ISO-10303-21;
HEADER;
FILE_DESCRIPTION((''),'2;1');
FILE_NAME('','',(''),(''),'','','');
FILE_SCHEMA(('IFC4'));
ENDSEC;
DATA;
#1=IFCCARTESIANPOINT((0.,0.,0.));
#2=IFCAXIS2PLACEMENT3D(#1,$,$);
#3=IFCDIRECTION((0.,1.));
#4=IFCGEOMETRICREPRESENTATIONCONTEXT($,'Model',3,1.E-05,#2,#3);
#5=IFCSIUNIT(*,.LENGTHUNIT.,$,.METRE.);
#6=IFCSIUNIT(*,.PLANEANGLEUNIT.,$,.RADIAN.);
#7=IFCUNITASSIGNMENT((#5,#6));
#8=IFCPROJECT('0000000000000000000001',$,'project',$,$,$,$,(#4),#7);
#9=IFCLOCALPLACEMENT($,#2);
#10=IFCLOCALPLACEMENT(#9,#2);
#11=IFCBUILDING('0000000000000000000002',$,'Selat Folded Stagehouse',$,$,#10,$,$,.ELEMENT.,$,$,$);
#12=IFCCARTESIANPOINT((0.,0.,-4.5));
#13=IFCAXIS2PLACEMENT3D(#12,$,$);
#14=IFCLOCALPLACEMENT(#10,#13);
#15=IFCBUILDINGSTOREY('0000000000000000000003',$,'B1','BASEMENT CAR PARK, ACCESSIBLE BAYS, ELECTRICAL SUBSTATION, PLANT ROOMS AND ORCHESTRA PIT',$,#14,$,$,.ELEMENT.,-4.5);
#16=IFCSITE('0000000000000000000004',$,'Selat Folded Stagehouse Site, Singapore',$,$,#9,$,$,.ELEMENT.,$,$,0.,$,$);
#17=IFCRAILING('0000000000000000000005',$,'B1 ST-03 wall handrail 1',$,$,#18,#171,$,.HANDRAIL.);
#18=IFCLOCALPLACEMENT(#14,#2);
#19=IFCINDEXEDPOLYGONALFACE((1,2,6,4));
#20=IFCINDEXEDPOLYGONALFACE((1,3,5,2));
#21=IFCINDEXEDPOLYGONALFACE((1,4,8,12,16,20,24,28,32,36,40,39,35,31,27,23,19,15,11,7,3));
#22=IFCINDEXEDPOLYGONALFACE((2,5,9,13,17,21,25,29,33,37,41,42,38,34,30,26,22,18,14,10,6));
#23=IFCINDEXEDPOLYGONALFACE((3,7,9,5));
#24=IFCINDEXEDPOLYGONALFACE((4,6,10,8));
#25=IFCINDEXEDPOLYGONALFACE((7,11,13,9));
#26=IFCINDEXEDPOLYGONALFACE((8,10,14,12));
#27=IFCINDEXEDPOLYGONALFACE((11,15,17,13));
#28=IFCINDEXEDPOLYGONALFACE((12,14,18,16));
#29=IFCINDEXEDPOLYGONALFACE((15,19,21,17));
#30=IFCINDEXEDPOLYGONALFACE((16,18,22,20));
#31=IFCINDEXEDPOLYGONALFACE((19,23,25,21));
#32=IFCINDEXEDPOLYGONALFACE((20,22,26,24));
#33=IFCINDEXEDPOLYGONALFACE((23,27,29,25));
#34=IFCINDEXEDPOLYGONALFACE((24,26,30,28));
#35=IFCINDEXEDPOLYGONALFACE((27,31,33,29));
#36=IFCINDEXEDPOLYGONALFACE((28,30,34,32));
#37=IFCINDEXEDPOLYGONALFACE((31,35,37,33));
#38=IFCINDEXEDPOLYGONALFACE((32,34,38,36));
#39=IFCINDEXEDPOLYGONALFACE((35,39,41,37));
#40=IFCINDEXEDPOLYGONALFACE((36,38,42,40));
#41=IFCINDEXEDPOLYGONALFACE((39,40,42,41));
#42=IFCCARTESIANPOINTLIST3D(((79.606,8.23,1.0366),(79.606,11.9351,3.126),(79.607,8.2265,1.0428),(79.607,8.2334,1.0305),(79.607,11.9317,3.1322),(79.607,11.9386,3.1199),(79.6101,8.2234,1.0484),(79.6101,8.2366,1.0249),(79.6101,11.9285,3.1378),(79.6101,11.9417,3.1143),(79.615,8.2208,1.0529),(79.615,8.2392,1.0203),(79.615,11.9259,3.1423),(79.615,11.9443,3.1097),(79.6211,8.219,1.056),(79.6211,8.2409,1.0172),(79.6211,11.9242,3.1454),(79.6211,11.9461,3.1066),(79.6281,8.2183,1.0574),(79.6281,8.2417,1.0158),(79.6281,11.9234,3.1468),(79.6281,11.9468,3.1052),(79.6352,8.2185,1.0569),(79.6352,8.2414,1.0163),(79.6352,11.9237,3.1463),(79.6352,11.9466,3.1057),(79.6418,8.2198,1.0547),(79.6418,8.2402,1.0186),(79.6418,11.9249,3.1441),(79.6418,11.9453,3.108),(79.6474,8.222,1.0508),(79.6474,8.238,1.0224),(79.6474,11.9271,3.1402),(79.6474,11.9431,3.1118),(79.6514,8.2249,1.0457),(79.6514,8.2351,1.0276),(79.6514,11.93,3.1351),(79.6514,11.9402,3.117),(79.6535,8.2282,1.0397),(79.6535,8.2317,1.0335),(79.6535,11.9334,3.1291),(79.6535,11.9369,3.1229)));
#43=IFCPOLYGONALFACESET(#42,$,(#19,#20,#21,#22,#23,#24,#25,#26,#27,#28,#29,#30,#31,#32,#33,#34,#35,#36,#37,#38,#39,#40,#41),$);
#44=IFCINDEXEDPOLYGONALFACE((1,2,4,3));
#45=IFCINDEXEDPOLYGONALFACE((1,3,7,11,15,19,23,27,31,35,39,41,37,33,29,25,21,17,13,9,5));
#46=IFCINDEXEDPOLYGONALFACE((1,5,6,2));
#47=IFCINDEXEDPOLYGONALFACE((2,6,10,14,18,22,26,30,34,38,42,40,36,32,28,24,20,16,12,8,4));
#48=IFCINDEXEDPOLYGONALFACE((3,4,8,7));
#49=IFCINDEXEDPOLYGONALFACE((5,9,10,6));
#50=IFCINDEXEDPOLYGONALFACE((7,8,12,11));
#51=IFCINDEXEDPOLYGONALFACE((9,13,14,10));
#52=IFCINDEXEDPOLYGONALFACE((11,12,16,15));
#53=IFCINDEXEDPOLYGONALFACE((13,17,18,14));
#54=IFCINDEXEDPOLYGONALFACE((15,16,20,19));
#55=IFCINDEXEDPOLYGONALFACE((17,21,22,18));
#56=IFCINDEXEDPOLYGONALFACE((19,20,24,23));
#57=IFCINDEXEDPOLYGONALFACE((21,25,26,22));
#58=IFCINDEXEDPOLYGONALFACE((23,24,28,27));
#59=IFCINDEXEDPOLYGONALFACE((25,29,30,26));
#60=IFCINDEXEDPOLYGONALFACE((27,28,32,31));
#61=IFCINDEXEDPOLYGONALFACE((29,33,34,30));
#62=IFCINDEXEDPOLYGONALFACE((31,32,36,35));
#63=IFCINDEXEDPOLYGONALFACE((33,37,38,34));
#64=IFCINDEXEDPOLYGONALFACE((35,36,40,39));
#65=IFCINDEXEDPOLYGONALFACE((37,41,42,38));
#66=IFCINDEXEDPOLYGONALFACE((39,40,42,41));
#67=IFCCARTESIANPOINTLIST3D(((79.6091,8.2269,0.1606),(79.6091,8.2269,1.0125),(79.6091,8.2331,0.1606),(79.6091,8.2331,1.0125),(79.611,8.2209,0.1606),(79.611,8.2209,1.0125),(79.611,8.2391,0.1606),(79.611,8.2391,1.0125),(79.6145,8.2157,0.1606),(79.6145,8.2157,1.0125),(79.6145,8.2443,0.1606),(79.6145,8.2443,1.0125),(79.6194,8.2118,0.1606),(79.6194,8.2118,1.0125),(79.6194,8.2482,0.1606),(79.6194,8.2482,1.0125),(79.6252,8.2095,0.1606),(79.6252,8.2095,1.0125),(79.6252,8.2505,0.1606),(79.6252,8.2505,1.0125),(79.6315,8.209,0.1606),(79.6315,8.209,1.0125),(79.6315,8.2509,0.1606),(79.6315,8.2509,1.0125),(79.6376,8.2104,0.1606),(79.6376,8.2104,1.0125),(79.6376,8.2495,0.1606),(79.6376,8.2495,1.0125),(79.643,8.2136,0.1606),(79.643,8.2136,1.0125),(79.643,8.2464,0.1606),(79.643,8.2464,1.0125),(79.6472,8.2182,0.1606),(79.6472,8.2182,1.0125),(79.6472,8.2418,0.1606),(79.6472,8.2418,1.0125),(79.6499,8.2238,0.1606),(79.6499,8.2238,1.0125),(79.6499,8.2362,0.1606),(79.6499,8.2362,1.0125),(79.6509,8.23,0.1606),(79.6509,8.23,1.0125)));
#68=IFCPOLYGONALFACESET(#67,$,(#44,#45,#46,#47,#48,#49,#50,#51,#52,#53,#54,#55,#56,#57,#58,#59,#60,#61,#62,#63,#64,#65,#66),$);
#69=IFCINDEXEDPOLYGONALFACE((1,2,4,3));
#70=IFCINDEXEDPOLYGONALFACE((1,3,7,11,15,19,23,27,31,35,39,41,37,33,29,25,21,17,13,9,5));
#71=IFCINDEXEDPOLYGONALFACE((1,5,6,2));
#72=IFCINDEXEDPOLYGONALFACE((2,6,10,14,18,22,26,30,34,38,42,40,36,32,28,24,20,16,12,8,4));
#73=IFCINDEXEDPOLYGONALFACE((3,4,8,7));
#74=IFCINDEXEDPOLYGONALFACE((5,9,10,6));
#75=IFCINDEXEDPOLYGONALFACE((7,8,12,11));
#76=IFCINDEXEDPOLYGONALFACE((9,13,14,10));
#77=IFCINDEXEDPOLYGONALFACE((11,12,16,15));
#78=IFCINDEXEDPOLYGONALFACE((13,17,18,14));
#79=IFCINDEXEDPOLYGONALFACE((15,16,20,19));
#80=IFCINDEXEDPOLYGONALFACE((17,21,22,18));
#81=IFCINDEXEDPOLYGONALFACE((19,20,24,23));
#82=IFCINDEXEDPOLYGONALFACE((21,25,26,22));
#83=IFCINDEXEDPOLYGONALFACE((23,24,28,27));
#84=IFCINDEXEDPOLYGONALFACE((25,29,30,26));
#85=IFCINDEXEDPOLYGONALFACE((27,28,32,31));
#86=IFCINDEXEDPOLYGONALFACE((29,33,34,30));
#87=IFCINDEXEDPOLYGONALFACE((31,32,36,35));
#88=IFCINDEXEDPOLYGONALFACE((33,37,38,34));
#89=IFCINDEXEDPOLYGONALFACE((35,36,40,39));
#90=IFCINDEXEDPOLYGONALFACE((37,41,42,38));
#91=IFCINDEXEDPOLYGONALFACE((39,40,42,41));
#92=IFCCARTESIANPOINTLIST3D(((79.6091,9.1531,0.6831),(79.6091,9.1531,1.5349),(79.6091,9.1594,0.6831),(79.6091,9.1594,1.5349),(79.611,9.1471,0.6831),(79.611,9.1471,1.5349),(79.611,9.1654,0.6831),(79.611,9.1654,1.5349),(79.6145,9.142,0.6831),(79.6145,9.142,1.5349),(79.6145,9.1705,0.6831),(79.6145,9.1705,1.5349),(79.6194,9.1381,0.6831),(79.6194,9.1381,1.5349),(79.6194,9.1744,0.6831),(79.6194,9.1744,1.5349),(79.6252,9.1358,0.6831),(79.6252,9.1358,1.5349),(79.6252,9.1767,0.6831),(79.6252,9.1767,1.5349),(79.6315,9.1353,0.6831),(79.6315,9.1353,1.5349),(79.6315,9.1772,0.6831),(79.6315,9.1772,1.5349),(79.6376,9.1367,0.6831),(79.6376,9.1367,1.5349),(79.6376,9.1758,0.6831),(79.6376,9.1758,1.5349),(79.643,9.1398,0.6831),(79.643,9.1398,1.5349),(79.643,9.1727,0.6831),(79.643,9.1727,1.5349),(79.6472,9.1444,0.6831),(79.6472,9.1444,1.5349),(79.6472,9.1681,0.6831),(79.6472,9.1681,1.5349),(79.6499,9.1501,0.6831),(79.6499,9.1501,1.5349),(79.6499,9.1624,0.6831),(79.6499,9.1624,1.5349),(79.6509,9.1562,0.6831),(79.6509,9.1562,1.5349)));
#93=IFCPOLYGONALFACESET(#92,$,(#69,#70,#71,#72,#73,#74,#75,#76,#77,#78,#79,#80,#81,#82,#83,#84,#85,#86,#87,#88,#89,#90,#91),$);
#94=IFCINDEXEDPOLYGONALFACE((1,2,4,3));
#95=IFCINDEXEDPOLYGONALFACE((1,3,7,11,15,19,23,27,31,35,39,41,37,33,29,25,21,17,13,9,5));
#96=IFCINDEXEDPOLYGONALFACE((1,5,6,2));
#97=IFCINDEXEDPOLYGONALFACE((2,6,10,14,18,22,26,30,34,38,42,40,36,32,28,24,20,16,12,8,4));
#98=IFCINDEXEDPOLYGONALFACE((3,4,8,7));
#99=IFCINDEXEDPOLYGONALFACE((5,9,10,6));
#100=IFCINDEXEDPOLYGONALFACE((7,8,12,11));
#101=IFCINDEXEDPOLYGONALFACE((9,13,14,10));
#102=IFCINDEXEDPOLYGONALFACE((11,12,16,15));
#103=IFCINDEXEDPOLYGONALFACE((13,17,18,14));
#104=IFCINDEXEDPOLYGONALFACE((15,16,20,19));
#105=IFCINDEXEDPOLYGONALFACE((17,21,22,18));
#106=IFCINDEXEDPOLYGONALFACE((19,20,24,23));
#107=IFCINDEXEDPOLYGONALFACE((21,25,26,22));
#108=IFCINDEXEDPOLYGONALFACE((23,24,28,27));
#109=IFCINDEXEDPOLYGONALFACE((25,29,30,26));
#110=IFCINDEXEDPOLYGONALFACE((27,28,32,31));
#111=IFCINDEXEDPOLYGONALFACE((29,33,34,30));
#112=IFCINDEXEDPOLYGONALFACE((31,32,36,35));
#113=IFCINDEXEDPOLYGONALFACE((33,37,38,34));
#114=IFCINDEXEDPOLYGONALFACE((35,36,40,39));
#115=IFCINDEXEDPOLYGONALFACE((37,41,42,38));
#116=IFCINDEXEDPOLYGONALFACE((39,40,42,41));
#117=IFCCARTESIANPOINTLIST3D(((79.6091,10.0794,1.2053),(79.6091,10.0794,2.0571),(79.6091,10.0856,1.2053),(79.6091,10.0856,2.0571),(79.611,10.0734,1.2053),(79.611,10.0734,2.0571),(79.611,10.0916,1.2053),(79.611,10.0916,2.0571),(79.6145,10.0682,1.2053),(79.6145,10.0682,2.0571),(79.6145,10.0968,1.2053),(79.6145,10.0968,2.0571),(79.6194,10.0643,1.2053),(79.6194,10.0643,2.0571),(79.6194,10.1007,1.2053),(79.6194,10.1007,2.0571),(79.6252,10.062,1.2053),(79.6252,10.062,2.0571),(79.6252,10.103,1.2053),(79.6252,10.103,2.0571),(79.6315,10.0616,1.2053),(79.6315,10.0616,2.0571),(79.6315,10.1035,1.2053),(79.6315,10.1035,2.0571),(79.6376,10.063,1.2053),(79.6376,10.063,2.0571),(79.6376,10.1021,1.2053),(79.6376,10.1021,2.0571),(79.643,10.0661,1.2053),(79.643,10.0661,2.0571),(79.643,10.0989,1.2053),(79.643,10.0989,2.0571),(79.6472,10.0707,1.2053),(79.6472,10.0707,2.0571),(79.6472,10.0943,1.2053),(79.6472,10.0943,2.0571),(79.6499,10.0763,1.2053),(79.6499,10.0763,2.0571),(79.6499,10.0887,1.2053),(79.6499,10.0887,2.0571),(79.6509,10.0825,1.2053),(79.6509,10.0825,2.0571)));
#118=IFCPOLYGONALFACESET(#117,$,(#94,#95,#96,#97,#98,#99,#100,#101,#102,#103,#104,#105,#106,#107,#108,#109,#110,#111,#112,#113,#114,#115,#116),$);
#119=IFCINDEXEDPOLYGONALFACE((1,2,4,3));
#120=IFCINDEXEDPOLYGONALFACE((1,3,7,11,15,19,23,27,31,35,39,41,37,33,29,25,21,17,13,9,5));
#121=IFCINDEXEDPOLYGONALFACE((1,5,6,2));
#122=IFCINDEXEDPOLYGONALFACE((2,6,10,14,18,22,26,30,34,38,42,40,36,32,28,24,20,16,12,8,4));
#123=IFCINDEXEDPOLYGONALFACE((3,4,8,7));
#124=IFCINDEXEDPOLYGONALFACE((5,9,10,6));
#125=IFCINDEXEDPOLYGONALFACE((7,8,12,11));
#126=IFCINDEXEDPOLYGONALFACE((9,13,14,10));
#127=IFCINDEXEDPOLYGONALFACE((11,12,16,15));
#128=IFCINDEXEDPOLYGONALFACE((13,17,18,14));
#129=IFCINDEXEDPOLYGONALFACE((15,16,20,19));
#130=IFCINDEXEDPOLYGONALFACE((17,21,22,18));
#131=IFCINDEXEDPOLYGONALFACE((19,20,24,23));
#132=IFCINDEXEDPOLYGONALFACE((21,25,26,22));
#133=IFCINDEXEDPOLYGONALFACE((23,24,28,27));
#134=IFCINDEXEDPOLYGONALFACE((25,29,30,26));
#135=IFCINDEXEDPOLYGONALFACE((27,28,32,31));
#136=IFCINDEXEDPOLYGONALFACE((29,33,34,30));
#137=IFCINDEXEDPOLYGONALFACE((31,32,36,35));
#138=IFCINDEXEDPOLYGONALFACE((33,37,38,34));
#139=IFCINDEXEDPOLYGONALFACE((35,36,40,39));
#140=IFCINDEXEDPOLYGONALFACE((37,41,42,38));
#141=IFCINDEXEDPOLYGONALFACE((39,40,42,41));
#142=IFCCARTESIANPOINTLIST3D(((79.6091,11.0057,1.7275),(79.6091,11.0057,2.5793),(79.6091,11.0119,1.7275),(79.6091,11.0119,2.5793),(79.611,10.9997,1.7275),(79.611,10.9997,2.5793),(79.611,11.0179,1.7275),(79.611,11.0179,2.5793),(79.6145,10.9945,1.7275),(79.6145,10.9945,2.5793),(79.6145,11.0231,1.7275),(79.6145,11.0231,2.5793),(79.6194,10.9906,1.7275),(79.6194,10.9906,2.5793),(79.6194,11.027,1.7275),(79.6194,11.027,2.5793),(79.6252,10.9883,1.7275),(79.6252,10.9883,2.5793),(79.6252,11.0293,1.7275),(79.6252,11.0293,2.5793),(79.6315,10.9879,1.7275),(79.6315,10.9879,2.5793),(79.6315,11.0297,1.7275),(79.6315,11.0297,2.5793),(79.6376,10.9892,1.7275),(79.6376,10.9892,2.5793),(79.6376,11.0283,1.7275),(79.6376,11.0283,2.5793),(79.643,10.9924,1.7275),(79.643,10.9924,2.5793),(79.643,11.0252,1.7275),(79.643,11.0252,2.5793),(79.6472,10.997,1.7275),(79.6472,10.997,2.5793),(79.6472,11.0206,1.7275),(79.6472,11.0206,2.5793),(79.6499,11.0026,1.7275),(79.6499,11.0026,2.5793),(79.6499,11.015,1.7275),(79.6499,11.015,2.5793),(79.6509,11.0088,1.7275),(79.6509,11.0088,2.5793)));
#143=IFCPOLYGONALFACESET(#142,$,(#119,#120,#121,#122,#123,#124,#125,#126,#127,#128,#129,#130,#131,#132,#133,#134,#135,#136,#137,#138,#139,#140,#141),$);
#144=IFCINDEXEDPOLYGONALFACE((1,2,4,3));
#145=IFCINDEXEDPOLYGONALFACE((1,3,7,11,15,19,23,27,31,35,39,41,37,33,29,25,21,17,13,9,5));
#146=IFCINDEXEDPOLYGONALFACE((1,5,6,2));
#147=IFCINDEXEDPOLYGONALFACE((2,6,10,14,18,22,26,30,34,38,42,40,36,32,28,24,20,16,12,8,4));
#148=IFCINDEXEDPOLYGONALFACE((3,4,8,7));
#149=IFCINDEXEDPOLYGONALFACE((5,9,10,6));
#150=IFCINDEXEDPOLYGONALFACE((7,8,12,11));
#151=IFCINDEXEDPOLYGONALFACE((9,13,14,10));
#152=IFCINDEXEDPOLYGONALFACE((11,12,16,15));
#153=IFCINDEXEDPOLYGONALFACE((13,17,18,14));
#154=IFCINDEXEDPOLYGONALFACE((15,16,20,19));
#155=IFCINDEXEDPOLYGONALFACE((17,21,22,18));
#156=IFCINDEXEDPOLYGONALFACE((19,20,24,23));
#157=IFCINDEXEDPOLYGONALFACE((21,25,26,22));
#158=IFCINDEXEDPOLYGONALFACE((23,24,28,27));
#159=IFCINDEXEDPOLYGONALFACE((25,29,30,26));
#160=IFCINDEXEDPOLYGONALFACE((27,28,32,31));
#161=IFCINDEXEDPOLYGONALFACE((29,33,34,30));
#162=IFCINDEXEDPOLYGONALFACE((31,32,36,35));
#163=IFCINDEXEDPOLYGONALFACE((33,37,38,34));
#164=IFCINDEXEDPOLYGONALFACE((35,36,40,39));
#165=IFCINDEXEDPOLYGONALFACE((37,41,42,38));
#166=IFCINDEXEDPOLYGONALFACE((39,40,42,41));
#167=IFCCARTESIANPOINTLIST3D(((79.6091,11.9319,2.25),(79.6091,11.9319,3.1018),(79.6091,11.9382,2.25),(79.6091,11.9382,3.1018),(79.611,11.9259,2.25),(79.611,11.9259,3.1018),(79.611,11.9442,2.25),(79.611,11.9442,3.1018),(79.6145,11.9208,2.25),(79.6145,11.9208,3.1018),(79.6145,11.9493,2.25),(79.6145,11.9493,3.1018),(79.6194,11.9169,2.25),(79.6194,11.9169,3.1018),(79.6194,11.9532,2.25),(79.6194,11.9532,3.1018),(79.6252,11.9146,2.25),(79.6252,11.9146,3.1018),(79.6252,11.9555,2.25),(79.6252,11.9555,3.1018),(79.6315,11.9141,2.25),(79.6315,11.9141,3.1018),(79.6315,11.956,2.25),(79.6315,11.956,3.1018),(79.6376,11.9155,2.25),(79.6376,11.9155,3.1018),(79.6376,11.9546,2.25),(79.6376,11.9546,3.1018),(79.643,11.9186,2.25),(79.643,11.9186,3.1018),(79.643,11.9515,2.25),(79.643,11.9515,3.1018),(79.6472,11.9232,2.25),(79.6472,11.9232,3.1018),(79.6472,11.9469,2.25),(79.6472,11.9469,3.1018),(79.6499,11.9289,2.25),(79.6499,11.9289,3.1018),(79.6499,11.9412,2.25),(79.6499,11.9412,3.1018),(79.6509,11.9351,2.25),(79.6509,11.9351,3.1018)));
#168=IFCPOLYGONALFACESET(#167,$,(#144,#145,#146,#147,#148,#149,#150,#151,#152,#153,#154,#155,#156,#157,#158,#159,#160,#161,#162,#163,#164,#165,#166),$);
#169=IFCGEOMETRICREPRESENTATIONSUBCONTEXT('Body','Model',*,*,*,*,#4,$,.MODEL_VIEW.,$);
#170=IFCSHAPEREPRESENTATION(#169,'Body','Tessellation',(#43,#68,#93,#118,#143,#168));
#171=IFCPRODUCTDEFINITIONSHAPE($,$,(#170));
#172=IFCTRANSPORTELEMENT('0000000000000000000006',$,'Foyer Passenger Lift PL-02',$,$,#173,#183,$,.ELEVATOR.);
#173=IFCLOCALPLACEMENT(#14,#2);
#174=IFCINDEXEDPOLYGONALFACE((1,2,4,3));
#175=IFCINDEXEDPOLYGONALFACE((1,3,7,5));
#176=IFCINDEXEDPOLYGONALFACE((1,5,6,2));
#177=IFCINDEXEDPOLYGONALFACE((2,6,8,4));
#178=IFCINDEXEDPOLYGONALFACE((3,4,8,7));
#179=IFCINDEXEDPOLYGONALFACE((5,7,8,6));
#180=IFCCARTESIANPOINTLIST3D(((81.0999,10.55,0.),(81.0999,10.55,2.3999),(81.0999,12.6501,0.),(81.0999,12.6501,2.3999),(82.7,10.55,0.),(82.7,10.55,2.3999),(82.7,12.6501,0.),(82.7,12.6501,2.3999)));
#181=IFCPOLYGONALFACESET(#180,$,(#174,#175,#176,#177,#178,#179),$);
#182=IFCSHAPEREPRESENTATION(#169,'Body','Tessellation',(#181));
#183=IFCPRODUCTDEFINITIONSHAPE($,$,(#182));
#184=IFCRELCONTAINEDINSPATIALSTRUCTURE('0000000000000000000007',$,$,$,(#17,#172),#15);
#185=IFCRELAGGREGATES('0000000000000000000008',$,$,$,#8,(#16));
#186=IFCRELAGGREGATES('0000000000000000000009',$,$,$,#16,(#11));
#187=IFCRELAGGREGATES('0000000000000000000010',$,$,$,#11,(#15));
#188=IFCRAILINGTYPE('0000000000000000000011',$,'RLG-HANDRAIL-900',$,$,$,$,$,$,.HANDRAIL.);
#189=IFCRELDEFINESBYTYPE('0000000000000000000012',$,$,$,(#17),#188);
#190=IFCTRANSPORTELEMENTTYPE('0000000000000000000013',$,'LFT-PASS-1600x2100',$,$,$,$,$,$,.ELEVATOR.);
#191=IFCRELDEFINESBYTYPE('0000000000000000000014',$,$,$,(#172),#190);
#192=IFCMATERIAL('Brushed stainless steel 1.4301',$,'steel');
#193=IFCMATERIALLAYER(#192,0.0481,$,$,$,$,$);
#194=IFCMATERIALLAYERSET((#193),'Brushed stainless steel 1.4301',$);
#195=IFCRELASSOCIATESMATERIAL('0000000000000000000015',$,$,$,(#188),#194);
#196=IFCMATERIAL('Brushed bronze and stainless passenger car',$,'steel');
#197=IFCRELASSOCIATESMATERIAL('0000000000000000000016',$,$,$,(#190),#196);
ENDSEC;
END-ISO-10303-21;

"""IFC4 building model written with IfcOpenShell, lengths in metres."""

from ifc_helpers import new_model, si_unit, direction, frame, origin, origin_2d, place, context, subcontext, project, spatial, rectangle, circle, extrude, material, layer, layer_set, type_object, element, save


model = new_model("IFC4")

# Units and contexts
model_context = context("Model", 3, precision=1e-05, world=origin(), true_north=direction((0.0, 1.0)))
body_context = subcontext(model_context, "Body", "Model", "MODEL_VIEW")
ifc_project = project(units=[si_unit("LENGTHUNIT", "METRE"), si_unit("PLANEANGLEUNIT", "RADIAN")], contexts=[model_context])

# Site, building, storey
site_placement = place(None, origin())
site = spatial("IfcSite", under=ifc_project, at=site_placement, Name="Selat Folded Stagehouse Site, Singapore", CompositionType="ELEMENT", RefElevation=0.0)
building_placement = place(site_placement, origin())
building = spatial("IfcBuilding", under=site, at=building_placement, Name="Selat Folded Stagehouse", CompositionType="ELEMENT")
storey_placement = place(building_placement, frame((0.0, 0.0, -4.5)))
storey = spatial("IfcBuildingStorey", under=building, at=storey_placement, Name="B1", Description="BASEMENT CAR PARK, ACCESSIBLE BAYS, ELECTRICAL SUBSTATION, PLANT ROOMS AND ORCHESTRA PIT", CompositionType="ELEMENT", Elevation=-4.5)

# Railing
ifc_material_1 = material(Name="Brushed stainless steel 1.4301", Category="steel")
ifc_layer_1 = layer(ifc_material_1, 0.0481)
ifc_layer_set_1 = layer_set([ifc_layer_1], Name="Brushed stainless steel 1.4301")
railing_type_1 = type_object("IfcRailingType", Name="RLG-HANDRAIL-900", PredefinedType="HANDRAIL", material=ifc_layer_set_1)
railing_1_placement = place(storey_placement, frame((79.6299, 8.23, 0.1606)))
element("IfcRailing", 1, at=railing_1_placement, inside=storey, type_object=railing_type_1, Name="B1 ST-03 wall handrail 1", PredefinedType="HANDRAIL", context=body_context, shape_type="SweptSolid", body=[
    extrude(circle(Radius=0.0239, at=origin_2d()), frame((0.0, 0.0, 0.876), z_axis=(0.0, 0.871048, 0.491198), x_axis=(-1.0, 0.0, 0.0)), (0.0, 0.0, 1.0), 4.2537),
    extrude(circle(Radius=0.021, at=origin_2d()), origin(), (0.0, 0.0, 1.0), 0.8518),
    extrude(circle(Radius=0.021, at=origin_2d()), frame((0.0, 0.9263, 0.5225)), (0.0, 0.0, 1.0), 0.8518),
    extrude(circle(Radius=0.021, at=origin_2d()), frame((0.0, 1.8525, 1.0447)), (0.0, 0.0, 1.0), 0.8518),
    extrude(circle(Radius=0.021, at=origin_2d()), frame((0.0, 2.7788, 1.5669)), (0.0, 0.0, 1.0), 0.8518),
    extrude(circle(Radius=0.021, at=origin_2d()), frame((0.0, 3.7051, 2.0894)), (0.0, 0.0, 1.0), 0.8518),
])

# Transport element
ifc_material_2 = material(Name="Brushed bronze and stainless passenger car", Category="steel")
transport_element_type = type_object("IfcTransportElementType", Name="LFT-PASS-1600x2100", PredefinedType="ELEVATOR", material=ifc_material_2)
transport_element_placement = place(storey_placement, frame((81.8999, 11.6001, 0.0), z_axis=(0.0, 0.0, 1.0), x_axis=(1.0, 0.0, 0.0)))
element("IfcTransportElement", 2, at=transport_element_placement, inside=storey, type_object=transport_element_type, Name="Foyer Passenger Lift PL-02", PredefinedType="ELEVATOR", context=body_context, shape_type="SweptSolid", body=[
    extrude(rectangle(XDim=1.6001, YDim=2.1001, at=origin_2d()), origin(), (0.0, 0.0, 1.0), 2.3999),
])

save(model, "model.ifc")
